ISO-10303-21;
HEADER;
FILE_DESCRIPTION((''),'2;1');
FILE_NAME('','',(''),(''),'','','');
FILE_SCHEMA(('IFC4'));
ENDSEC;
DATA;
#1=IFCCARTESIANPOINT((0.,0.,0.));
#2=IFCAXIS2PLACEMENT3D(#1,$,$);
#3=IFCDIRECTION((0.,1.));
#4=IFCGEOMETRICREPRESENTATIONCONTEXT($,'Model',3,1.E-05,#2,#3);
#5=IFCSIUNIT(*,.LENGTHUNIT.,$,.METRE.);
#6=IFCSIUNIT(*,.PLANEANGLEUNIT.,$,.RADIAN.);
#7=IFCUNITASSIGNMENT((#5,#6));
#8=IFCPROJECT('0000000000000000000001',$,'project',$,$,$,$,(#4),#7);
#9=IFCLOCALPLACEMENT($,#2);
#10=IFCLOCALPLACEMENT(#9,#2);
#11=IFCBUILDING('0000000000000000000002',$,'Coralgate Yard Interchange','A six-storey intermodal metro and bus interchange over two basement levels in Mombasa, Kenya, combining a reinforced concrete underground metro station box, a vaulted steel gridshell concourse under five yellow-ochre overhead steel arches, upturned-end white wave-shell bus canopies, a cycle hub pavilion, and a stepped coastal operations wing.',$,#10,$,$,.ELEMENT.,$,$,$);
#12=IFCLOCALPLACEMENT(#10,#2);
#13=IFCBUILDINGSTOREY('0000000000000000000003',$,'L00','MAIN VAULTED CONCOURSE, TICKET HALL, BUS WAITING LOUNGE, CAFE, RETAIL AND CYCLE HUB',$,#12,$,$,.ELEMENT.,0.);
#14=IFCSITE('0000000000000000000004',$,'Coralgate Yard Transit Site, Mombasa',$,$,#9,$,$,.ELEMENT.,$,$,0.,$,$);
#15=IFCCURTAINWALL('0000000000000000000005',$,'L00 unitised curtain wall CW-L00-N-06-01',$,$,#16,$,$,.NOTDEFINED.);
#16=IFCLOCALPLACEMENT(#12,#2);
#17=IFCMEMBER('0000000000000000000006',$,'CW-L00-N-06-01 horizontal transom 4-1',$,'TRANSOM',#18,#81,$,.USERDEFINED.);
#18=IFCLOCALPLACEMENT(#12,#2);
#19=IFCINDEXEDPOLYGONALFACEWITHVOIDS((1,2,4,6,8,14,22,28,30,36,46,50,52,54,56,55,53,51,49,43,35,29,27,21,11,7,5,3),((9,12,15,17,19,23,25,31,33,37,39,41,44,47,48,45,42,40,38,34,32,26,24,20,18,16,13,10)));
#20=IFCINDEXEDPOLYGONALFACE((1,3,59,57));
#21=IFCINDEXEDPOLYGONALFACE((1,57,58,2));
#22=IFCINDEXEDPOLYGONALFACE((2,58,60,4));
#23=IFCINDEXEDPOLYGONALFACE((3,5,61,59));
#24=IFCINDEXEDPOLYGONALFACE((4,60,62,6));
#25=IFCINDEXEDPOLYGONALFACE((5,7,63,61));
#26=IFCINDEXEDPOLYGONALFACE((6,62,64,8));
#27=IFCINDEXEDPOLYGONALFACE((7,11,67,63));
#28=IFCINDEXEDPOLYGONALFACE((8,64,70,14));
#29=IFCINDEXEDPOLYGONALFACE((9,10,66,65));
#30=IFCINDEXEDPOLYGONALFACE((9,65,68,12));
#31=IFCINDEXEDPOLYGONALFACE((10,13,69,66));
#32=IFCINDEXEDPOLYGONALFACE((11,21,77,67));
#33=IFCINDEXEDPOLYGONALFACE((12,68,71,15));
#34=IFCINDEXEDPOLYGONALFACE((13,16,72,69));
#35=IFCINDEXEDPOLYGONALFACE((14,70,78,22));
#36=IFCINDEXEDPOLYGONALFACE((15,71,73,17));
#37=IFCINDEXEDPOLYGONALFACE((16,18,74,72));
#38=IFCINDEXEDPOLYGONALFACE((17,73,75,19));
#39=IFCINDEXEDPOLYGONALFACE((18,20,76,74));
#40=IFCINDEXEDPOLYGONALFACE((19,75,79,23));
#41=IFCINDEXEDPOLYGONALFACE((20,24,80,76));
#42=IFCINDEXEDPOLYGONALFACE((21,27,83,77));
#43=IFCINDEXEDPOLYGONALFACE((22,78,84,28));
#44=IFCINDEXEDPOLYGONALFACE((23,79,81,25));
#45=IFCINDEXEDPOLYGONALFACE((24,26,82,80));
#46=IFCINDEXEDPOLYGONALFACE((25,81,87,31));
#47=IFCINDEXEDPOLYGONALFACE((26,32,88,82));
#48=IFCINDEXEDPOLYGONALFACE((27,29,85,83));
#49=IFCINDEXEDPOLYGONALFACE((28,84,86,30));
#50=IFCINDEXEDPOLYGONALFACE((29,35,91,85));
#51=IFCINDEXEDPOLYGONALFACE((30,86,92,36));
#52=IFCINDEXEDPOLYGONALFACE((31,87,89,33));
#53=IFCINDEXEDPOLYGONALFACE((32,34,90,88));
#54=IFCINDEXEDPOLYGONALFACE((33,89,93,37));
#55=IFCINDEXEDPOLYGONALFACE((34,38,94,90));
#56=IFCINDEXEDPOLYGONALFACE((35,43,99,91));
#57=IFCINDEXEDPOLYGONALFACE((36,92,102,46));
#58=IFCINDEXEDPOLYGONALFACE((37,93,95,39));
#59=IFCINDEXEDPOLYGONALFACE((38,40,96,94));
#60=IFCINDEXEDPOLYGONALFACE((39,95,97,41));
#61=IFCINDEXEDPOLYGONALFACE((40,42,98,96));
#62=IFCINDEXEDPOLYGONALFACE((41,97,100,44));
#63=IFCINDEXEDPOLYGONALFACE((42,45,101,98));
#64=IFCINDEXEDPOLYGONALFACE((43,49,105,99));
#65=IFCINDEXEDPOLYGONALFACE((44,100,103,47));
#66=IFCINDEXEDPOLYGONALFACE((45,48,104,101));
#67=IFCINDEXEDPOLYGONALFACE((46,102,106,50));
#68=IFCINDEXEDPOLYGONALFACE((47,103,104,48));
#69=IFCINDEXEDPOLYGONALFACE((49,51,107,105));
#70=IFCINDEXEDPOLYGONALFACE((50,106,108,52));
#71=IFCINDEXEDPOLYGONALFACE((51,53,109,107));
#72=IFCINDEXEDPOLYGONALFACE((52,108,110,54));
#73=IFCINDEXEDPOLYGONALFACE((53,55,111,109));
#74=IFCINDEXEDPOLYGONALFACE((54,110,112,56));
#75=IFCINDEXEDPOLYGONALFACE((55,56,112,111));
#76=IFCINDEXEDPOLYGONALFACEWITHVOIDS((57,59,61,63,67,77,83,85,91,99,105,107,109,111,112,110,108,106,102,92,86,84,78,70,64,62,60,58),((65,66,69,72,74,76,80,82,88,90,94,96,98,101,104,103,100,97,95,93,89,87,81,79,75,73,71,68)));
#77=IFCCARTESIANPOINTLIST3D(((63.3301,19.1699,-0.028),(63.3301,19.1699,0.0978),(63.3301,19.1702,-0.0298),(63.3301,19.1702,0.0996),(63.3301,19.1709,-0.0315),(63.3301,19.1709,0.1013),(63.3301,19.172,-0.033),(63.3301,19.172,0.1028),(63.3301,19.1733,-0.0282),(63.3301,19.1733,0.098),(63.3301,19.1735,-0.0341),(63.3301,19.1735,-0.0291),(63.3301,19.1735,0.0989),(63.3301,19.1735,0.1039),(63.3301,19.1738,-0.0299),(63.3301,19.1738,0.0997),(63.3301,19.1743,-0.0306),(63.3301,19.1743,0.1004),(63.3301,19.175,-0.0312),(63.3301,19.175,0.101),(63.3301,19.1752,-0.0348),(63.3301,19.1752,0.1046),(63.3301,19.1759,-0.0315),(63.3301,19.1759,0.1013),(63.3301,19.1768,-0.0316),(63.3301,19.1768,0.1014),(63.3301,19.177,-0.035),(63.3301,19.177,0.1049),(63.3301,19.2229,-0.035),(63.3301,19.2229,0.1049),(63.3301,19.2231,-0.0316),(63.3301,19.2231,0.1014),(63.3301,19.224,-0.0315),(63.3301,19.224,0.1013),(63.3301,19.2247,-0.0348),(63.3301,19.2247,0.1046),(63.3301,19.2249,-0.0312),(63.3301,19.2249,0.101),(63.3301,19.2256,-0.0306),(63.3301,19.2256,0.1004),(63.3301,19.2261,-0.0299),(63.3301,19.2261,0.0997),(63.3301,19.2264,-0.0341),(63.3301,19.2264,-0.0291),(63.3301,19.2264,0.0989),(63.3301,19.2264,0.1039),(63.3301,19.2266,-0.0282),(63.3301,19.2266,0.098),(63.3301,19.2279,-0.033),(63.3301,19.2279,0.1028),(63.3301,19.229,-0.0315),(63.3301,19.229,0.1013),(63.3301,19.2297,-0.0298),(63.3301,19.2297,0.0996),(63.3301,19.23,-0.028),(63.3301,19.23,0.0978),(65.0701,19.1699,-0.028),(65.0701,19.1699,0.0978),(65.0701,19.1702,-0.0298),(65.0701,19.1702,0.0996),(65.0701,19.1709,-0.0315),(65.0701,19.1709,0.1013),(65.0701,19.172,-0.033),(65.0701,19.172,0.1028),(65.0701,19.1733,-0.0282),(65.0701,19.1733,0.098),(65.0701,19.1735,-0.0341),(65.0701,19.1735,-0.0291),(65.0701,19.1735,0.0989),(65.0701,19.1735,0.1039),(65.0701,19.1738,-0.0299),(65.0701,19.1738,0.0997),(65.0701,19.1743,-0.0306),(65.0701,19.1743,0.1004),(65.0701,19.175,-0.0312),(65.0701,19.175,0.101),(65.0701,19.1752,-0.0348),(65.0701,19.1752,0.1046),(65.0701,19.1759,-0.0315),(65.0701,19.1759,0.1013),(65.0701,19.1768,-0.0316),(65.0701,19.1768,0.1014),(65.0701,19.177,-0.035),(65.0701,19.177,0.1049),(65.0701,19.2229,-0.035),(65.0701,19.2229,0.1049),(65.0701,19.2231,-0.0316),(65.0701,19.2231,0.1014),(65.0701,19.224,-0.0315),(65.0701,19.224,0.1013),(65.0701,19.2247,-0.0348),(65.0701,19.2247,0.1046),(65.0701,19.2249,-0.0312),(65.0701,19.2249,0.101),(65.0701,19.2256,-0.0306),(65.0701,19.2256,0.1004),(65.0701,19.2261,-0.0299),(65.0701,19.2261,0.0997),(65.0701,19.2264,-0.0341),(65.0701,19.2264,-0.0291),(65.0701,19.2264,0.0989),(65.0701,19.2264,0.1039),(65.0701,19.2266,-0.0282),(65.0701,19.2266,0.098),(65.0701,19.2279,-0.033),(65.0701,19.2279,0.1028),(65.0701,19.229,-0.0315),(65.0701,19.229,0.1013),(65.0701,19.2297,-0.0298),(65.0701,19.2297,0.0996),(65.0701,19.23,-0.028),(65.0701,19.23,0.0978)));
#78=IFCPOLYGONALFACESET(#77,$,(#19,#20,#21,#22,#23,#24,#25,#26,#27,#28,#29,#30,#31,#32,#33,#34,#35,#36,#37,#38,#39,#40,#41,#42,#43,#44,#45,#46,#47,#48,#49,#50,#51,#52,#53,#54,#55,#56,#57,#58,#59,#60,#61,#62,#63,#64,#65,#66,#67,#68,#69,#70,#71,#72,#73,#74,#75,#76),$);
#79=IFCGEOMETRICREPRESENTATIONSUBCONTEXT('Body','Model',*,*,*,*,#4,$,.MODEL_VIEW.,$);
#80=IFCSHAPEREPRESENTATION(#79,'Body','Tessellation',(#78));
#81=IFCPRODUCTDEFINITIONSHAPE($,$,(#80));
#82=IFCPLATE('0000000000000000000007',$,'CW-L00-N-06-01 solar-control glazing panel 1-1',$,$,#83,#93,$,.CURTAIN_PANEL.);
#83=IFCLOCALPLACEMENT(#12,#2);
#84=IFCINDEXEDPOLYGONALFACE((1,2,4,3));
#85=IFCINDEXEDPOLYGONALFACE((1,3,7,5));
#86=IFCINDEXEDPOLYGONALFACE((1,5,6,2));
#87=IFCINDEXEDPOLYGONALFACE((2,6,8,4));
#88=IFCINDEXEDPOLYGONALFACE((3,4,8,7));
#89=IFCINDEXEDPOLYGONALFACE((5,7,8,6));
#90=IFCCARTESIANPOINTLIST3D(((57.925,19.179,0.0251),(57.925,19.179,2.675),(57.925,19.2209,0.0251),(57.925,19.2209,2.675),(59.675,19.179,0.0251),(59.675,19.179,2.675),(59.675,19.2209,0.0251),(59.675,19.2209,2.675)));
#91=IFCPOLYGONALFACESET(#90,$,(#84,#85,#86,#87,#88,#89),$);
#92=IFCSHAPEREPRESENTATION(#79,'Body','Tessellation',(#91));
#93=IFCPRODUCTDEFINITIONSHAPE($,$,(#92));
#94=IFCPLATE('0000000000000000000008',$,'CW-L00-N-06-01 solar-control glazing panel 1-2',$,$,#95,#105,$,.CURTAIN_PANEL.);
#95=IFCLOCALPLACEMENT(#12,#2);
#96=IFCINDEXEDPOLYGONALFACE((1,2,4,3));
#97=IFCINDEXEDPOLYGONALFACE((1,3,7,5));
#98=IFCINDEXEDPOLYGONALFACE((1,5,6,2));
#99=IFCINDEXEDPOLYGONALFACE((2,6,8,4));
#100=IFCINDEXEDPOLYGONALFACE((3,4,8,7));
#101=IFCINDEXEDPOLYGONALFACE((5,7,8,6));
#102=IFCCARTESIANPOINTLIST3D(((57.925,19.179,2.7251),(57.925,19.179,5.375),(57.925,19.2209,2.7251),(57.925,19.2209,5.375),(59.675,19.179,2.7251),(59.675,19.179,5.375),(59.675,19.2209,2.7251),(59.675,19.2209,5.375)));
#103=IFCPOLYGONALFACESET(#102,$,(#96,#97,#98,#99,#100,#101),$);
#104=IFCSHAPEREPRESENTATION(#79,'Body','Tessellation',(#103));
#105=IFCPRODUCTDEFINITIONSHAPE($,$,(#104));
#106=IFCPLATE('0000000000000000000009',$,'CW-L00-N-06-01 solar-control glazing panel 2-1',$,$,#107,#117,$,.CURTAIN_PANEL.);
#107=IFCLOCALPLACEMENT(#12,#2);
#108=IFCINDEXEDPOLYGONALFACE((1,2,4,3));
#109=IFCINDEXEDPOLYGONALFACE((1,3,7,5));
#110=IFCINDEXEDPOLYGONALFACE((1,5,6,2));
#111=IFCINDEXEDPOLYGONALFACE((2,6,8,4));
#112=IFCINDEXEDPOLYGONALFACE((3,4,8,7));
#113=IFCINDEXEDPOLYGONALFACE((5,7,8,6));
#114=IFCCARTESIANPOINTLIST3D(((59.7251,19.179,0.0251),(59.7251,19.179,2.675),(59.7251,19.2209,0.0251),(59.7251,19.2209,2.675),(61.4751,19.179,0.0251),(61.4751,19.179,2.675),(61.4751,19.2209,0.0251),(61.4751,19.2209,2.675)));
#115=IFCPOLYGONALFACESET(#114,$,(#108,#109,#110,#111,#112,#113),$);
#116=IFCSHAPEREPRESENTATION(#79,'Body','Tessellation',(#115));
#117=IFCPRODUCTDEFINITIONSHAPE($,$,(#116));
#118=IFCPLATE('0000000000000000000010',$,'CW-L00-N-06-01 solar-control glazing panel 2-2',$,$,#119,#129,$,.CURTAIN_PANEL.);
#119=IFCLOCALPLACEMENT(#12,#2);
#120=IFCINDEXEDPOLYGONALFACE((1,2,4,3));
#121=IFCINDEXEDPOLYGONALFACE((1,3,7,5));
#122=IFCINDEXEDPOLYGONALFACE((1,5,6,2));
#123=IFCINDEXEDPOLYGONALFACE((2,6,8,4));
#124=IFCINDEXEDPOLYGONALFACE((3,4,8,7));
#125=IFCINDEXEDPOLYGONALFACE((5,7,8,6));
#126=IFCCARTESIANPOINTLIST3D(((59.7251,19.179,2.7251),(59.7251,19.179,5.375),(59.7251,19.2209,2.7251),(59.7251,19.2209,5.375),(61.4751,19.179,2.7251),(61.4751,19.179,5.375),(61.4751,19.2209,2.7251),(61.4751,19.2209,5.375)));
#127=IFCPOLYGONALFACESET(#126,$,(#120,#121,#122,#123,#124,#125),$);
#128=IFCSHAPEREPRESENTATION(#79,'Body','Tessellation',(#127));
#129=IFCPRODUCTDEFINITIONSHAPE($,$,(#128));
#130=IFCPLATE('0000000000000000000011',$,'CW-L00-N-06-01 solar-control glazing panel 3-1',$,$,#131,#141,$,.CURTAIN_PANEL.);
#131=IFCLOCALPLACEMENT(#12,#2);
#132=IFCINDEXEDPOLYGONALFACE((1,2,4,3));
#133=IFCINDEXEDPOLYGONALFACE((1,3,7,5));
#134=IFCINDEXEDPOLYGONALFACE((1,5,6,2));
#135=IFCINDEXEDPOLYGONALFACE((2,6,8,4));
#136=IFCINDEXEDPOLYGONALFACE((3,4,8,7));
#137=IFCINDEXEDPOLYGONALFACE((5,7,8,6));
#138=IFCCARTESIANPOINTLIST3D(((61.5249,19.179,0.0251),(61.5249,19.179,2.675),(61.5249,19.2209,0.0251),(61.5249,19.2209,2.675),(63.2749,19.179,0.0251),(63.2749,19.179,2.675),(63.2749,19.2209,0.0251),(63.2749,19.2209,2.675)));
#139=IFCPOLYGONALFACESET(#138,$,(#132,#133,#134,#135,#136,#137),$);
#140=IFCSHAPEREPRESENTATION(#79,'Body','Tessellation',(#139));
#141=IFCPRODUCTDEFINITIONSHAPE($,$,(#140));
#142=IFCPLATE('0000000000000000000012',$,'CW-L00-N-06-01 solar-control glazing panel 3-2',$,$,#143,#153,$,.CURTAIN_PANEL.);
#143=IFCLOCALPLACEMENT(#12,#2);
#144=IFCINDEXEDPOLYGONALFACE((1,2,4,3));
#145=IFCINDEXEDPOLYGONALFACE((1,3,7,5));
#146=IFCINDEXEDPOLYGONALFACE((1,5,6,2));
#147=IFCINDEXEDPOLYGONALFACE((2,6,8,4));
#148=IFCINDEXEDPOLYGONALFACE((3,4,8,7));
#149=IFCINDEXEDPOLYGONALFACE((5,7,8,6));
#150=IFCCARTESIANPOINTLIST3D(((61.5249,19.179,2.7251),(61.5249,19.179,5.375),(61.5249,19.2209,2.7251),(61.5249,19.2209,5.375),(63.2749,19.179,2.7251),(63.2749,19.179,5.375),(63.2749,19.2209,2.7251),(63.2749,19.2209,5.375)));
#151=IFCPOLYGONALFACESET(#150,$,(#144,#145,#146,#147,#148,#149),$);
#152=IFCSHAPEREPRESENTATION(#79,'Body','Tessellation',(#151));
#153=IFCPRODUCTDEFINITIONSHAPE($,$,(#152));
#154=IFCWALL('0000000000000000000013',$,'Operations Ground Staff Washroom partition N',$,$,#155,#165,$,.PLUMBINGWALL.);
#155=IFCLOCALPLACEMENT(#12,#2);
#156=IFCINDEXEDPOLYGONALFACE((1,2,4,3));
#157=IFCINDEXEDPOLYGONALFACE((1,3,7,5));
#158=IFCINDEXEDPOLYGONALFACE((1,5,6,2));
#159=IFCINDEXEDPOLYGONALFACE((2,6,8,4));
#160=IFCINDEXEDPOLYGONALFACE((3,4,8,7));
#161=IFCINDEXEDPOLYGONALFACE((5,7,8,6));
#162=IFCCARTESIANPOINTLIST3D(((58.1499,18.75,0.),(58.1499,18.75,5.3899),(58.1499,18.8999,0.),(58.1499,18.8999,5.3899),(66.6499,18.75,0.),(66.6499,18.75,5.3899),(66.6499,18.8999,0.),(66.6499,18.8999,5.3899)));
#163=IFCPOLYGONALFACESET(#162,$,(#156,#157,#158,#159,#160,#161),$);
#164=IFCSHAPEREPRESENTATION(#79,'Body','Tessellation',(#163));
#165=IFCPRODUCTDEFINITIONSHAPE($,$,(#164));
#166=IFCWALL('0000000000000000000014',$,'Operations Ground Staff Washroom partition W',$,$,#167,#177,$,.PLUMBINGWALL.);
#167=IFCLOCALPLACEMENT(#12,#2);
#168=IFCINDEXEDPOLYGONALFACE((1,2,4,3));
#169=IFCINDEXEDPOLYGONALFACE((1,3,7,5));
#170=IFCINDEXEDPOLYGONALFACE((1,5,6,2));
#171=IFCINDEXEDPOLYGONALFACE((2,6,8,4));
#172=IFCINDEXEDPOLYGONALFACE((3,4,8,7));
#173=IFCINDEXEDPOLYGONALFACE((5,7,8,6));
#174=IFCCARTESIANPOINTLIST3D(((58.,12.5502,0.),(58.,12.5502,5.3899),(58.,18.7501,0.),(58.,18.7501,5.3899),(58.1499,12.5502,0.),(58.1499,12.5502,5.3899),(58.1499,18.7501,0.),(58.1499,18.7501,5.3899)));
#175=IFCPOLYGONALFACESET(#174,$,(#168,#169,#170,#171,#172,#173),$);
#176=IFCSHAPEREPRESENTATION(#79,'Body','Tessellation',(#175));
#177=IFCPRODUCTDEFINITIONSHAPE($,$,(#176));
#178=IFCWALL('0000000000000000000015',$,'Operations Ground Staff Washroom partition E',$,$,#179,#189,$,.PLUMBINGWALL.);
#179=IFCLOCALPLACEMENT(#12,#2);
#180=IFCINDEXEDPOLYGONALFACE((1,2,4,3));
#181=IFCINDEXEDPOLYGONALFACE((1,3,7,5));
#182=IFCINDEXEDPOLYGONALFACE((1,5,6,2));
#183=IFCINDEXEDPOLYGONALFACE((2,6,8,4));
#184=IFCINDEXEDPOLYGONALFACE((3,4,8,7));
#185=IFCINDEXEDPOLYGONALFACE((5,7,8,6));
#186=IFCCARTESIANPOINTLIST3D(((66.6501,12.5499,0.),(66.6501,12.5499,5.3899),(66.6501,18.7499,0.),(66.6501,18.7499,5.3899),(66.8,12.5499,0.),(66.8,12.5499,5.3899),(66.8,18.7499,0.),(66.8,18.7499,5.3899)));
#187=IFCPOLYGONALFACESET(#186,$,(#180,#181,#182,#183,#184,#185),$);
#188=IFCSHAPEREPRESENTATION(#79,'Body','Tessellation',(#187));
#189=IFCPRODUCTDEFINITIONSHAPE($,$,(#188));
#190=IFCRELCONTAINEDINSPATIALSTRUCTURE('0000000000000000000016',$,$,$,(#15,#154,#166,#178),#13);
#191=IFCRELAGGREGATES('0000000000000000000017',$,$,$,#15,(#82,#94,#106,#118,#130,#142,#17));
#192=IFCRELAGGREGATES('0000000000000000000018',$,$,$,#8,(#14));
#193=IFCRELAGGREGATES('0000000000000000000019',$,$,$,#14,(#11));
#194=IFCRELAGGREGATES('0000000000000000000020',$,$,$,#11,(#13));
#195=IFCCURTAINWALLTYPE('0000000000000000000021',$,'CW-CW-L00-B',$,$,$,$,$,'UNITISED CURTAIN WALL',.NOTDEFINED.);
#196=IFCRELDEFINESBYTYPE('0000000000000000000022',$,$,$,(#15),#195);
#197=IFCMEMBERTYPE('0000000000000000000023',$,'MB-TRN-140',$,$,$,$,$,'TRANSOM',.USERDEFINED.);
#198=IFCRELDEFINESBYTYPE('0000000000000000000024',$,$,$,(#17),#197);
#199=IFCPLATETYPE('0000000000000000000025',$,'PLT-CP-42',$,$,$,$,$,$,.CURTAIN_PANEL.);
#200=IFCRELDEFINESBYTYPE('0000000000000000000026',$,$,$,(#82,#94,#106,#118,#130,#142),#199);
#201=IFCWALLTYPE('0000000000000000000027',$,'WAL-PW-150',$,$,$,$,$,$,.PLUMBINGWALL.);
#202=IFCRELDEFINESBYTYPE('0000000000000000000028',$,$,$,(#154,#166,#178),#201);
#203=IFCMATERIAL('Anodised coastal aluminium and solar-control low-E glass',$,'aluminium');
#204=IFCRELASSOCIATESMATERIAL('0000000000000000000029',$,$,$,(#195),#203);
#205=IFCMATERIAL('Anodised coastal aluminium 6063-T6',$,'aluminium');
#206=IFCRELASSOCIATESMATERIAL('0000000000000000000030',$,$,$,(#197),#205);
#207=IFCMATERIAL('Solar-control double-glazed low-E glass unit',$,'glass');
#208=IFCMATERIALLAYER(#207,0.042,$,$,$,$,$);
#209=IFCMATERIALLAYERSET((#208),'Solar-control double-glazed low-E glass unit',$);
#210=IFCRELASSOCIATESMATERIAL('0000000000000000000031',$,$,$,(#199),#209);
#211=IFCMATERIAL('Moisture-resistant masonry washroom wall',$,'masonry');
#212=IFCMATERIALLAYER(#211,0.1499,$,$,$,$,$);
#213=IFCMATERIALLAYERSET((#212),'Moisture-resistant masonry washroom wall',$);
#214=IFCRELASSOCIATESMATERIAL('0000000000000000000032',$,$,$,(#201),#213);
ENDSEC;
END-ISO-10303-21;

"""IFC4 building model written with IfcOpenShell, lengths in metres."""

from ifc_helpers import new_model, si_unit, direction, frame, frame_2d, origin, origin_2d, place, context, subcontext, project, spatial, rectangle, hollow_rectangle, extrude, material, layer, layer_set, material_profile, profile_set, type_object, element, aggregate, save


model = new_model("IFC4")

# Units and contexts
model_context = context("Model", 3, precision=1e-05, world=origin(), true_north=direction((0.0, 1.0)))
body_context = subcontext(model_context, "Body", "Model", "MODEL_VIEW")
ifc_project = project(units=[si_unit("LENGTHUNIT", "METRE"), si_unit("PLANEANGLEUNIT", "RADIAN")], contexts=[model_context])

# Site, building, storey
site_placement = place(None, origin())
site = spatial("IfcSite", under=ifc_project, at=site_placement, Name="Coralgate Yard Transit Site, Mombasa", CompositionType="ELEMENT", RefElevation=0.0)
building_placement = place(site_placement, origin())
building = spatial("IfcBuilding", under=site, at=building_placement, Name="Coralgate Yard Interchange", Description="A six-storey intermodal metro and bus interchange over two basement levels in Mombasa, Kenya, combining a reinforced concrete underground metro station box, a vaulted steel gridshell concourse under five yellow-ochre overhead steel arches, upturned-end white wave-shell bus canopies, a cycle hub pavilion, and a stepped coastal operations wing.", CompositionType="ELEMENT")
storey_placement = place(building_placement, origin())
storey = spatial("IfcBuildingStorey", under=building, at=storey_placement, Name="L00", Description="MAIN VAULTED CONCOURSE, TICKET HALL, BUS WAITING LOUNGE, CAFE, RETAIL AND CYCLE HUB", CompositionType="ELEMENT", Elevation=0.0)

# Curtain wall, member, plates
ifc_material_1 = material(Name="Anodised coastal aluminium and solar-control low-E glass", Category="aluminium")
curtain_wall_type = type_object("IfcCurtainWallType", Name="CW-CW-L00-B", ElementType="UNITISED CURTAIN WALL", PredefinedType="NOTDEFINED", material=ifc_material_1)
curtain_wall_placement = place(storey_placement, origin())
curtain_wall = element("IfcCurtainWall", 1, at=curtain_wall_placement, inside=storey, type_object=curtain_wall_type, Name="L00 unitised curtain wall CW-L00-N-06-01", PredefinedType="NOTDEFINED")
ifc_material_2 = material(Name="Anodised coastal aluminium 6063-T6", Category="aluminium")
ifc_material_profile_1 = material_profile(ifc_material_2, hollow_rectangle(XDim=0.0601, YDim=0.1399, WallThickness=0.0034, InnerFilletRadius=0.0034, OuterFilletRadius=0.0071, at=origin_2d()), Name="ALU 60x140x3.5")
ifc_profile_set_1 = profile_set([ifc_material_profile_1], Name="Anodised coastal aluminium 6063-T6")
member_type_1 = type_object("IfcMemberType", Name="MB-TRN-140", ElementType="TRANSOM", PredefinedType="USERDEFINED", material=ifc_profile_set_1)
member_1_placement = place(storey_placement, frame((63.3301, 19.2, 0.0349), z_axis=(1.0, 0.0, 0.0), x_axis=(0.0, 1.0, 0.0)))
member_1 = element("IfcMember", 2, at=member_1_placement, type_object=member_type_1, Name="CW-L00-N-06-01 horizontal transom 4-1", ObjectType="TRANSOM", PredefinedType="USERDEFINED", context=body_context, shape_type="SweptSolid", body=[
    extrude(hollow_rectangle(XDim=0.0601, YDim=0.1399, WallThickness=0.0034, InnerFilletRadius=0.0034, OuterFilletRadius=0.0071, at=origin_2d()), origin(), (0.0, 0.0, 1.0), 1.74),
])
ifc_material_3 = material(Name="Solar-control double-glazed low-E glass unit", Category="glass")
ifc_layer_1 = layer(ifc_material_3, 0.042)
ifc_layer_set_1 = layer_set([ifc_layer_1], Name="Solar-control double-glazed low-E glass unit")
plate_type = type_object("IfcPlateType", Name="PLT-CP-42", PredefinedType="CURTAIN_PANEL", material=ifc_layer_set_1)
plate_1_placement = place(storey_placement, frame((58.8, 19.2, 0.0251), z_axis=(0.0, 0.0, 1.0), x_axis=(1.0, 0.0, 0.0)))
plate_1 = element("IfcPlate", 3, at=plate_1_placement, type_object=plate_type, Name="CW-L00-N-06-01 solar-control glazing panel 1-1", PredefinedType="CURTAIN_PANEL", context=body_context, shape_type="SweptSolid", body=[
    extrude(rectangle(XDim=1.75, YDim=0.042, at=origin_2d()), origin(), (0.0, 0.0, 1.0), 2.6499),
])
plate_2_placement = place(storey_placement, frame((58.8, 19.2, 2.7251), z_axis=(0.0, 0.0, 1.0), x_axis=(1.0, 0.0, 0.0)))
plate_2 = element("IfcPlate", 4, at=plate_2_placement, type_object=plate_type, Name="CW-L00-N-06-01 solar-control glazing panel 1-2", PredefinedType="CURTAIN_PANEL", context=body_context, shape_type="SweptSolid", body=[
    extrude(rectangle(XDim=1.75, YDim=0.042, at=origin_2d()), origin(), (0.0, 0.0, 1.0), 2.6499),
])
plate_3_placement = place(storey_placement, frame((60.6001, 19.2, 0.0251), z_axis=(0.0, 0.0, 1.0), x_axis=(1.0, 0.0, 0.0)))
plate_3 = element("IfcPlate", 5, at=plate_3_placement, type_object=plate_type, Name="CW-L00-N-06-01 solar-control glazing panel 2-1", PredefinedType="CURTAIN_PANEL", context=body_context, shape_type="SweptSolid", body=[
    extrude(rectangle(XDim=1.75, YDim=0.042, at=origin_2d()), origin(), (0.0, 0.0, 1.0), 2.6499),
])
plate_4_placement = place(storey_placement, frame((60.6001, 19.2, 2.7251), z_axis=(0.0, 0.0, 1.0), x_axis=(1.0, 0.0, 0.0)))
plate_4 = element("IfcPlate", 6, at=plate_4_placement, type_object=plate_type, Name="CW-L00-N-06-01 solar-control glazing panel 2-2", PredefinedType="CURTAIN_PANEL", context=body_context, shape_type="SweptSolid", body=[
    extrude(rectangle(XDim=1.75, YDim=0.042, at=origin_2d()), origin(), (0.0, 0.0, 1.0), 2.6499),
])
plate_5_placement = place(storey_placement, frame((62.3999, 19.2, 0.0251), z_axis=(0.0, 0.0, 1.0), x_axis=(1.0, 0.0, 0.0)))
plate_5 = element("IfcPlate", 7, at=plate_5_placement, type_object=plate_type, Name="CW-L00-N-06-01 solar-control glazing panel 3-1", PredefinedType="CURTAIN_PANEL", context=body_context, shape_type="SweptSolid", body=[
    extrude(rectangle(XDim=1.75, YDim=0.042, at=origin_2d()), origin(), (0.0, 0.0, 1.0), 2.6499),
])
plate_6_placement = place(storey_placement, frame((62.3999, 19.2, 2.7251), z_axis=(0.0, 0.0, 1.0), x_axis=(1.0, 0.0, 0.0)))
plate_6 = element("IfcPlate", 8, at=plate_6_placement, type_object=plate_type, Name="CW-L00-N-06-01 solar-control glazing panel 3-2", PredefinedType="CURTAIN_PANEL", context=body_context, shape_type="SweptSolid", body=[
    extrude(rectangle(XDim=1.75, YDim=0.042, at=origin_2d()), origin(), (0.0, 0.0, 1.0), 2.6499),
])
aggregate(curtain_wall, [plate_1, plate_2, plate_3, plate_4, plate_5, plate_6, member_1])

# Walls
ifc_material_4 = material(Name="Moisture-resistant masonry washroom wall", Category="masonry")
ifc_layer_2 = layer(ifc_material_4, 0.1499)
ifc_layer_set_2 = layer_set([ifc_layer_2], Name="Moisture-resistant masonry washroom wall")
wall_type = type_object("IfcWallType", Name="WAL-PW-150", PredefinedType="PLUMBINGWALL", material=ifc_layer_set_2)
wall_placement = place(storey_placement, frame((58.1499, 18.825, 0.0), z_axis=(0.0, 0.0, 1.0), x_axis=(1.0, 0.0, 0.0)))
element("IfcWall", 9, at=wall_placement, inside=storey, type_object=wall_type, Name="Operations Ground Staff Washroom partition N", PredefinedType="PLUMBINGWALL", context=body_context, shape_type="SweptSolid", body=[
    extrude(rectangle(XDim=8.5, YDim=0.1499, at=frame_2d((4.25, 0.0))), origin(), (0.0, 0.0, 1.0), 5.3899),
])
for number, where, z_axis, x_axis, name in (
    (10, (58.075, 12.55, 0.0), (0.0, 0.0, 1.0), (0.0, 1.0, 0.0), "Operations Ground Staff Washroom partition W"),
    (11, (66.7251, 18.75, 0.0), (0.0, 0.0, 1.0), (0.0, -1.0, 0.0), "Operations Ground Staff Washroom partition E"),
):
    element("IfcWall", number, at=place(storey_placement, frame(where, z_axis=z_axis, x_axis=x_axis)), inside=storey, type_object=wall_type, Name=name, PredefinedType="PLUMBINGWALL", context=body_context, shape_type="SweptSolid", body=[
        extrude(rectangle(XDim=6.2, YDim=0.1499, at=frame_2d((3.1001, 0.0))), origin(), (0.0, 0.0, 1.0), 5.3899),
    ])

save(model, "model.ifc")
